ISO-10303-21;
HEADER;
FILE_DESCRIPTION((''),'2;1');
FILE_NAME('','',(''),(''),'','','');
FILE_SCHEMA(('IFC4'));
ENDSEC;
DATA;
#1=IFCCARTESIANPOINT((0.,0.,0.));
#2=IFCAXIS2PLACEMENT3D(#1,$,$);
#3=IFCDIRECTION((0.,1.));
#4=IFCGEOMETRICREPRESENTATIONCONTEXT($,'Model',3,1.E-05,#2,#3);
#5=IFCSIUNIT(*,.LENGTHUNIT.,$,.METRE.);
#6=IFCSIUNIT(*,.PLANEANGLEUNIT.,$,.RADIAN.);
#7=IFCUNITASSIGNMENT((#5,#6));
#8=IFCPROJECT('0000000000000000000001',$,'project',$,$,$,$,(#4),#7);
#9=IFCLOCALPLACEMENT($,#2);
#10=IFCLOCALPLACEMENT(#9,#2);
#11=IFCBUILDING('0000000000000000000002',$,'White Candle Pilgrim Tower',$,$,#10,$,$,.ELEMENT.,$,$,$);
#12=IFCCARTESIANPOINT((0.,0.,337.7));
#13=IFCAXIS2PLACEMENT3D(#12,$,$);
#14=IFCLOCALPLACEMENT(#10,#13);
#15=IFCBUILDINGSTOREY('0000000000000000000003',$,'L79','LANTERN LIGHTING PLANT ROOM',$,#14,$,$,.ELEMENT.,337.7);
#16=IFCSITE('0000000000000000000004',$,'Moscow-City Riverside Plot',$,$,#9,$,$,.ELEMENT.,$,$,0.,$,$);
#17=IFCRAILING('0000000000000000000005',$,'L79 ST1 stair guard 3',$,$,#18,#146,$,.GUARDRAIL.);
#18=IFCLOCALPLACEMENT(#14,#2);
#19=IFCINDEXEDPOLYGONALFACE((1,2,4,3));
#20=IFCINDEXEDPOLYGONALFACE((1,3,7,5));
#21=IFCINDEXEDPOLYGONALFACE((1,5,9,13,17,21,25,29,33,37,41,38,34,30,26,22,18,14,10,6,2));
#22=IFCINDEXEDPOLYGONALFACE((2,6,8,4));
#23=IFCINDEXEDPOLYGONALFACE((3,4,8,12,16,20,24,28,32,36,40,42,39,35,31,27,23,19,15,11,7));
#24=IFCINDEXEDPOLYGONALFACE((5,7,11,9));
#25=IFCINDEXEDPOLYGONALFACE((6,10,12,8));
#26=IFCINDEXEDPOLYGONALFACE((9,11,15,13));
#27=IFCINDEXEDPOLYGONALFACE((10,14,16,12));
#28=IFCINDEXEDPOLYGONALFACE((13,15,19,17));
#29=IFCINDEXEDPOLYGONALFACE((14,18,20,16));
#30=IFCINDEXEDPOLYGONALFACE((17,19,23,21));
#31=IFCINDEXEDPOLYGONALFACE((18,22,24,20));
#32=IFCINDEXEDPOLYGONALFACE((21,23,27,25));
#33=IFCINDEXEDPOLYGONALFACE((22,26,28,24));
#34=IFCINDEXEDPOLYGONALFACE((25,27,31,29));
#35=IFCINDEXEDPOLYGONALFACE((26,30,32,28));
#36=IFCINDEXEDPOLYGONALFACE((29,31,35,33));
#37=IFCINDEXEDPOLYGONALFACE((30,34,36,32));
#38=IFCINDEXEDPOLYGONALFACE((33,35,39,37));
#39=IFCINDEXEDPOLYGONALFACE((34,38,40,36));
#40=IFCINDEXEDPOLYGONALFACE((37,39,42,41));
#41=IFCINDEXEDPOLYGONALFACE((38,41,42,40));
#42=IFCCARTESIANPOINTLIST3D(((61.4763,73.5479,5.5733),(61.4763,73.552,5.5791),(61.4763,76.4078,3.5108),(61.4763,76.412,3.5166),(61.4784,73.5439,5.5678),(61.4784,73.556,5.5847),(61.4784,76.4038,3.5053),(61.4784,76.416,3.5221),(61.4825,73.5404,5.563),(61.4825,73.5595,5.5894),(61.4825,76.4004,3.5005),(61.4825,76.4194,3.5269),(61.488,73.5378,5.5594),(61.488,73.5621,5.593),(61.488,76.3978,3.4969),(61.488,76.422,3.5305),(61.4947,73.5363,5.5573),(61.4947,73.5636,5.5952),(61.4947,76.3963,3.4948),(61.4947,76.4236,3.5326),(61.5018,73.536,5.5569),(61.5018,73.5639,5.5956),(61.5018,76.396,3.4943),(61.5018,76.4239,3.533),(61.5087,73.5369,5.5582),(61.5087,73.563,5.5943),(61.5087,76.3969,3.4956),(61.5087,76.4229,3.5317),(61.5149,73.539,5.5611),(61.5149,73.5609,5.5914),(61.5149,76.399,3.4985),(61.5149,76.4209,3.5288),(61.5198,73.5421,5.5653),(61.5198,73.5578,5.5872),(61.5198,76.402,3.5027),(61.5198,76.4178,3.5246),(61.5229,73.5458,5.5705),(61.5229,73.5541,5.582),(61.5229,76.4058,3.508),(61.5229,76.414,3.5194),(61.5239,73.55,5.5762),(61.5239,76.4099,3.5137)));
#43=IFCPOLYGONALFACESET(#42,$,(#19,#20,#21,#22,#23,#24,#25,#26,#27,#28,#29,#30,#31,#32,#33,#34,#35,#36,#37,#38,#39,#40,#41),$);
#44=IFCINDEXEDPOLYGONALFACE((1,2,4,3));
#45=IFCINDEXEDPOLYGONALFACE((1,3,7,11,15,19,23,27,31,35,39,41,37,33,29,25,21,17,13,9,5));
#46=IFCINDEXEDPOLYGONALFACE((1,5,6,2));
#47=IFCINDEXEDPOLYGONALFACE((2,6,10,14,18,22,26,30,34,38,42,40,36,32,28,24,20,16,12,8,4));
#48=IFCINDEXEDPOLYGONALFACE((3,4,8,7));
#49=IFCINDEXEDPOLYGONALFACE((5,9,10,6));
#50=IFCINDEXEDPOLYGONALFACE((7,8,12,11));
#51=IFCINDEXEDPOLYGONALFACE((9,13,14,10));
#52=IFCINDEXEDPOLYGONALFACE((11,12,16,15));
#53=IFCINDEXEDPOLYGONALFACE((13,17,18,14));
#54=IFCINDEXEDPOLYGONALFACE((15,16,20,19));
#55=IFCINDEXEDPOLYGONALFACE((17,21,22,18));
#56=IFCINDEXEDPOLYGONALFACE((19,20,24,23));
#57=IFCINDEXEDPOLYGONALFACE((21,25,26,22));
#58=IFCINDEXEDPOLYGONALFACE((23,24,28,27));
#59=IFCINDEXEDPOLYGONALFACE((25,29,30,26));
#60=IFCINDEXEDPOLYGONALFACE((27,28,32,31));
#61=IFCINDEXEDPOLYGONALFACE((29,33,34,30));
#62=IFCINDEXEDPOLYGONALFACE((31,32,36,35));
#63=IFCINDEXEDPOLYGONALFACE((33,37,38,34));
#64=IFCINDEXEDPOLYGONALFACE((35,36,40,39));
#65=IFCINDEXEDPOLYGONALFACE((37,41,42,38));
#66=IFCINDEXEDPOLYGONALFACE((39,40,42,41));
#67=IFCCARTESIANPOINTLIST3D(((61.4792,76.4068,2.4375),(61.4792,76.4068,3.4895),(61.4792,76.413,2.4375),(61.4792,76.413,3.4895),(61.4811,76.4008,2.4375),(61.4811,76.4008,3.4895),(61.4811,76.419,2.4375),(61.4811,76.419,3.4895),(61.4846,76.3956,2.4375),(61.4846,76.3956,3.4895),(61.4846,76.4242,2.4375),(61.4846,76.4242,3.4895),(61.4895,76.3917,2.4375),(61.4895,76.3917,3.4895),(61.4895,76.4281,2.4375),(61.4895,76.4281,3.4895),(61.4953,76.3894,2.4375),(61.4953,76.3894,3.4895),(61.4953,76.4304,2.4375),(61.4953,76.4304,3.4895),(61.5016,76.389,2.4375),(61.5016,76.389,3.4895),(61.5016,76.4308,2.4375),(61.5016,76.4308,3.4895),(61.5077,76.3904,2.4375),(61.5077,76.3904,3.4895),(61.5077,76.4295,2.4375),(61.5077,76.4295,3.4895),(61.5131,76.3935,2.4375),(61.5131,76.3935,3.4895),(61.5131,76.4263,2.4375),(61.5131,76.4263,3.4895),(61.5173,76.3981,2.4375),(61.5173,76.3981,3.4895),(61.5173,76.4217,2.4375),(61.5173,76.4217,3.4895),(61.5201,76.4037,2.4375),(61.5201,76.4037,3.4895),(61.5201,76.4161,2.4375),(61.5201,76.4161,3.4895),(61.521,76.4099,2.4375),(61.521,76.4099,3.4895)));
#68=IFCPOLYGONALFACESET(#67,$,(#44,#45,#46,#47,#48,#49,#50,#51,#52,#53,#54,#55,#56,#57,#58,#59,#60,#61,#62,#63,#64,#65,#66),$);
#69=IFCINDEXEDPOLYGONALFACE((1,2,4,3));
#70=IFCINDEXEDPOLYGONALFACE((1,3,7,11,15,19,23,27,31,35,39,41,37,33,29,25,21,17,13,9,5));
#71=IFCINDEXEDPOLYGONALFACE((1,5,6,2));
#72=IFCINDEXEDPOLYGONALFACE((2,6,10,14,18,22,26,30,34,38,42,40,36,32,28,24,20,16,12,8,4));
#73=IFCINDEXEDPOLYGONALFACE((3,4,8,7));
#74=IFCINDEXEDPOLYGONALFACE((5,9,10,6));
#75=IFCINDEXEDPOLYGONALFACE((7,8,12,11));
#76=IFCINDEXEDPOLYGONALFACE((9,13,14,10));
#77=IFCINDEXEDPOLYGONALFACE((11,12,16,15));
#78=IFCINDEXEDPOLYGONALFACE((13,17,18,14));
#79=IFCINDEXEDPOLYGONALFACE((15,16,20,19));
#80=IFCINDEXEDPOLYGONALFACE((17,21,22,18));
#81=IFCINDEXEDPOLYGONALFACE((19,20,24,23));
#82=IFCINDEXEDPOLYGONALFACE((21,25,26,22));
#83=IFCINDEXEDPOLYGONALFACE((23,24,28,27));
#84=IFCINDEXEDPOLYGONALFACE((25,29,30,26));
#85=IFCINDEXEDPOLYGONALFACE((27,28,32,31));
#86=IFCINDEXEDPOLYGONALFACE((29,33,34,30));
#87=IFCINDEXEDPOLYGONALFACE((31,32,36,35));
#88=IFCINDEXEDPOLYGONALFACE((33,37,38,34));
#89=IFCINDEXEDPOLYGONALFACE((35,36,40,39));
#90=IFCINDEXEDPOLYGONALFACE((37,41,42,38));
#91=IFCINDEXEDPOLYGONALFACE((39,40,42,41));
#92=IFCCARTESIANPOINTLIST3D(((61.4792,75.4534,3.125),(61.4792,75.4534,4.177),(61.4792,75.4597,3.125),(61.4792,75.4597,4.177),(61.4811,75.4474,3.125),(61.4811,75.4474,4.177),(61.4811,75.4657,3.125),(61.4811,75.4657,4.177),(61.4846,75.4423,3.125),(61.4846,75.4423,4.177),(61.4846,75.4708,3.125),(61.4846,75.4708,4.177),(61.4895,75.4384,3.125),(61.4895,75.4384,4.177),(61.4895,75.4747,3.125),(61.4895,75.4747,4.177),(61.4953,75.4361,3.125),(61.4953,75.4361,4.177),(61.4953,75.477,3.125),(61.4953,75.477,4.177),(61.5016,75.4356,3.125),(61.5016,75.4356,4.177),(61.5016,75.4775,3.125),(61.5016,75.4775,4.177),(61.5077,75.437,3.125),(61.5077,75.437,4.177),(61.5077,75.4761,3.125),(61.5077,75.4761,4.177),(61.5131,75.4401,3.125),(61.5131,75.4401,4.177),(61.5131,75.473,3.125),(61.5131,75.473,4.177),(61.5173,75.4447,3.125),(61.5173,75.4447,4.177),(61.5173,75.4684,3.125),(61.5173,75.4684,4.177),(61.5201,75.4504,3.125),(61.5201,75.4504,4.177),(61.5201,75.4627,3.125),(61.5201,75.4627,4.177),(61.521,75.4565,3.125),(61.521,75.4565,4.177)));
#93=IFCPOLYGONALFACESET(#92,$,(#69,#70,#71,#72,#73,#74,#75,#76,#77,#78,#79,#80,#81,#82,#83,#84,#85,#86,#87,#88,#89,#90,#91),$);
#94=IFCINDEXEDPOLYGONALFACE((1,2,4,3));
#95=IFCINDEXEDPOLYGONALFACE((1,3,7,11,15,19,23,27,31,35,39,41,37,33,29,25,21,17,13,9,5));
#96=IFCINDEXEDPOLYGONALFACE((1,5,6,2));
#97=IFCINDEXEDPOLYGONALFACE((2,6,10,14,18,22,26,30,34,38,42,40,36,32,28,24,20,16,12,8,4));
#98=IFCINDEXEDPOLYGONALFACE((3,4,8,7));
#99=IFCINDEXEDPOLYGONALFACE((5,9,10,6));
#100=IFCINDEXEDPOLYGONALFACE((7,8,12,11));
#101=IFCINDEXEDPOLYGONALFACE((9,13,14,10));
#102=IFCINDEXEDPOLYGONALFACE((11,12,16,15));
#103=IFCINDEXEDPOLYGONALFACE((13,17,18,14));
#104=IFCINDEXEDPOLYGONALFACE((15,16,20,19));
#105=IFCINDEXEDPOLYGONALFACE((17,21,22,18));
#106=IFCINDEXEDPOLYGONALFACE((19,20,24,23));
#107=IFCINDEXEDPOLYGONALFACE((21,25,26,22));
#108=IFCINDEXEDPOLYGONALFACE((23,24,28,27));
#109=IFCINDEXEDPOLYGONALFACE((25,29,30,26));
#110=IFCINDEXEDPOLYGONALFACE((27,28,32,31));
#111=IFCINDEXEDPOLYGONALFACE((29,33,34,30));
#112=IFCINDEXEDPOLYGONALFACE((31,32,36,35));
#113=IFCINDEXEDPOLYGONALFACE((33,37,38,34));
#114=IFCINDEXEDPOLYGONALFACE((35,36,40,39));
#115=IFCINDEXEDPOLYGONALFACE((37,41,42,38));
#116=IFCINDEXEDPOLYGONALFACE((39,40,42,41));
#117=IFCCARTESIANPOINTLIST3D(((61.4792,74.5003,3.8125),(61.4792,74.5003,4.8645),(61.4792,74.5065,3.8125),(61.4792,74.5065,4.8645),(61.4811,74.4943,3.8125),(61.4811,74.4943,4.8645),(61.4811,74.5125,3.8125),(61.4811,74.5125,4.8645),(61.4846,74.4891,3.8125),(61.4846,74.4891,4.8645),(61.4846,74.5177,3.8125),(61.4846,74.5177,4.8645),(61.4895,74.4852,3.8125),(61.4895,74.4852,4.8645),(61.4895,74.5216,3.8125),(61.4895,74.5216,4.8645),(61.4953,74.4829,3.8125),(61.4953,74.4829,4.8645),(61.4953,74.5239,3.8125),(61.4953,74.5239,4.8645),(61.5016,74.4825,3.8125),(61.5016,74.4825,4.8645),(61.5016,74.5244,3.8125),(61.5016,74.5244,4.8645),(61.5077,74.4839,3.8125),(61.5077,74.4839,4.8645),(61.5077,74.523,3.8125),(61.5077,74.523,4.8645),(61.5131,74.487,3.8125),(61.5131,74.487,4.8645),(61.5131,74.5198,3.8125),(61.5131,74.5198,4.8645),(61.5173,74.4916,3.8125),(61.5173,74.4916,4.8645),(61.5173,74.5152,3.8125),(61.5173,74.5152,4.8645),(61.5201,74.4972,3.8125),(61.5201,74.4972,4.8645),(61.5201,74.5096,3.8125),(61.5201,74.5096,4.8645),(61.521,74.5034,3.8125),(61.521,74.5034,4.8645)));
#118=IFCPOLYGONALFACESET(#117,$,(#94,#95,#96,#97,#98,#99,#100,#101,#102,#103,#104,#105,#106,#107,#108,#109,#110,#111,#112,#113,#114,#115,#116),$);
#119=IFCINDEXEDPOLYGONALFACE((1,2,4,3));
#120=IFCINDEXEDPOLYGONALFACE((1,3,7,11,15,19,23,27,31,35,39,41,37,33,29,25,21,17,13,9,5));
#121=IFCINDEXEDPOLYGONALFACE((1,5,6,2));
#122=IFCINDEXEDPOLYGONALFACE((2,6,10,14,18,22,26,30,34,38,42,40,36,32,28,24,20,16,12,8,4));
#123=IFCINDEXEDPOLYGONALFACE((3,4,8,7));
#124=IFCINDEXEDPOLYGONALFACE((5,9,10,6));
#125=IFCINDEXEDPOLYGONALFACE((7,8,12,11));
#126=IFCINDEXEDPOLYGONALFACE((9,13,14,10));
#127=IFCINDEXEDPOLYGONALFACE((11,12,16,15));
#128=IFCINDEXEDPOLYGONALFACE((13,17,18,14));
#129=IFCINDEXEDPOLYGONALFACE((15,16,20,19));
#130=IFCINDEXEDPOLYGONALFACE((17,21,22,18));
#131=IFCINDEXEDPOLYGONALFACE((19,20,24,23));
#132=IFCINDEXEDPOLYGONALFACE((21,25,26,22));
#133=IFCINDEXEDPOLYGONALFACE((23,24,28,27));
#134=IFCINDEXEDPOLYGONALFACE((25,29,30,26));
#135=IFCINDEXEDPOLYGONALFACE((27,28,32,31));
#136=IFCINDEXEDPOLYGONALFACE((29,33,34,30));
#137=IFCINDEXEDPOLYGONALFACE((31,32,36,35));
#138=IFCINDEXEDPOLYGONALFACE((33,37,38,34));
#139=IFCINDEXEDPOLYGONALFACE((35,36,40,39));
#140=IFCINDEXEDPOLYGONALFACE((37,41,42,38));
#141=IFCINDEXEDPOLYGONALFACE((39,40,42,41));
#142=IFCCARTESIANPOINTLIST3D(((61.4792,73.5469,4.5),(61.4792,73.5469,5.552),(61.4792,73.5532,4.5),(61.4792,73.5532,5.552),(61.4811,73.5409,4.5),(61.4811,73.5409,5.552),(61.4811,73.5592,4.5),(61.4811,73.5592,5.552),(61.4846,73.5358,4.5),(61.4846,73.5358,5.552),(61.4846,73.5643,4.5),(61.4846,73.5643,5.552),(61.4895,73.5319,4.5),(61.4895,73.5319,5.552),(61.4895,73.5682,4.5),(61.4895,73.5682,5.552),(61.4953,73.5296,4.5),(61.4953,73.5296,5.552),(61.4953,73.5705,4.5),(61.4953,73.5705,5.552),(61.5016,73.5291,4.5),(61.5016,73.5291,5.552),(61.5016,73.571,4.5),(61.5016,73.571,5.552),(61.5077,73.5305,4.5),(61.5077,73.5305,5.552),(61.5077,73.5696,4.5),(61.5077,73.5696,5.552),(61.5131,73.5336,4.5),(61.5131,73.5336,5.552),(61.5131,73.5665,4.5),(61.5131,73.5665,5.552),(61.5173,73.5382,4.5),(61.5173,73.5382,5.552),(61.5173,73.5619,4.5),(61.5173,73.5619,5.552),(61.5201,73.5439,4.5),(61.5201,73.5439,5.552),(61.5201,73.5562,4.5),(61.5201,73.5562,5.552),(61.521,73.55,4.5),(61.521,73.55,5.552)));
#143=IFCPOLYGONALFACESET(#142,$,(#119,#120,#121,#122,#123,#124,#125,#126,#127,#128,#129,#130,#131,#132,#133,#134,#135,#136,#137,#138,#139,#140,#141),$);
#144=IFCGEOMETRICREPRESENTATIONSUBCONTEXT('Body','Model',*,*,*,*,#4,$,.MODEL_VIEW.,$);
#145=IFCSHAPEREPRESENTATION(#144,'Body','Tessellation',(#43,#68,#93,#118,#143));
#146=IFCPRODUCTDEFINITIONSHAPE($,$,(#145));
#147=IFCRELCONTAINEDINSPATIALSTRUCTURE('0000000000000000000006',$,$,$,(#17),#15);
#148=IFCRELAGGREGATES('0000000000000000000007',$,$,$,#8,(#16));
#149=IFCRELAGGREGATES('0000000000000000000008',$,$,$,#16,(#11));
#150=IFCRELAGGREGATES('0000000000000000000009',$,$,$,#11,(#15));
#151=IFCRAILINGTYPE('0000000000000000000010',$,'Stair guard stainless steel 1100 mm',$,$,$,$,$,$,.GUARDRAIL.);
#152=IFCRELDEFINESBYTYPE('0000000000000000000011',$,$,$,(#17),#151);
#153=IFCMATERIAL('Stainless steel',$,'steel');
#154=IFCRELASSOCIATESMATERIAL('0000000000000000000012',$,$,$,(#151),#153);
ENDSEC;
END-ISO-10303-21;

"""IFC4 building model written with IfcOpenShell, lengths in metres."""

from ifc_helpers import new_model, si_unit, direction, frame, origin, origin_2d, place, context, subcontext, project, spatial, circle, extrude, material, type_object, element, save


model = new_model("IFC4")

# Units and contexts
model_context = context("Model", 3, precision=1e-05, world=origin(), true_north=direction((0.0, 1.0)))
body_context = subcontext(model_context, "Body", "Model", "MODEL_VIEW")
ifc_project = project(units=[si_unit("LENGTHUNIT", "METRE"), si_unit("PLANEANGLEUNIT", "RADIAN")], contexts=[model_context])

# Site, building, storey
site_placement = place(None, origin())
site = spatial("IfcSite", under=ifc_project, at=site_placement, Name="Moscow-City Riverside Plot", CompositionType="ELEMENT", RefElevation=0.0)
building_placement = place(site_placement, origin())
building = spatial("IfcBuilding", under=site, at=building_placement, Name="White Candle Pilgrim Tower", CompositionType="ELEMENT")
storey_placement = place(building_placement, frame((0.0, 0.0, 337.7)))
storey = spatial("IfcBuildingStorey", under=building, at=storey_placement, Name="L79", Description="LANTERN LIGHTING PLANT ROOM", CompositionType="ELEMENT", Elevation=337.7)

# Railing
ifc_material_1 = material(Name="Stainless steel", Category="steel")
railing_type_1 = type_object("IfcRailingType", Name="Stair guard stainless steel 1100 mm", PredefinedType="GUARDRAIL", material=ifc_material_1)
railing_1_placement = place(storey_placement, frame((61.5, 76.4099, 2.4375)))
element("IfcRailing", 1, at=railing_1_placement, inside=storey, type_object=railing_type_1, Name="L79 ST1 stair guard 3", PredefinedType="GUARDRAIL", context=body_context, shape_type="SweptSolid", body=[
    extrude(circle(Radius=0.0239, at=origin_2d()), frame((0.0, 0.0, 1.0762), z_axis=(0.0, -0.811077, 0.584939), x_axis=(1.0, 0.0, 0.0)), (0.0, 0.0, 1.0), 3.5261),
    extrude(circle(Radius=0.021, at=origin_2d()), origin(), (0.0, 0.0, 1.0), 1.052),
    extrude(circle(Radius=0.021, at=origin_2d()), frame((0.0, -0.9534, 0.6875)), (0.0, 0.0, 1.0), 1.052),
    extrude(circle(Radius=0.021, at=origin_2d()), frame((0.0, -1.9065, 1.375)), (0.0, 0.0, 1.0), 1.052),
    extrude(circle(Radius=0.021, at=origin_2d()), frame((0.0, -2.8599, 2.0625)), (0.0, 0.0, 1.0), 1.052),
])

save(model, "model.ifc")
